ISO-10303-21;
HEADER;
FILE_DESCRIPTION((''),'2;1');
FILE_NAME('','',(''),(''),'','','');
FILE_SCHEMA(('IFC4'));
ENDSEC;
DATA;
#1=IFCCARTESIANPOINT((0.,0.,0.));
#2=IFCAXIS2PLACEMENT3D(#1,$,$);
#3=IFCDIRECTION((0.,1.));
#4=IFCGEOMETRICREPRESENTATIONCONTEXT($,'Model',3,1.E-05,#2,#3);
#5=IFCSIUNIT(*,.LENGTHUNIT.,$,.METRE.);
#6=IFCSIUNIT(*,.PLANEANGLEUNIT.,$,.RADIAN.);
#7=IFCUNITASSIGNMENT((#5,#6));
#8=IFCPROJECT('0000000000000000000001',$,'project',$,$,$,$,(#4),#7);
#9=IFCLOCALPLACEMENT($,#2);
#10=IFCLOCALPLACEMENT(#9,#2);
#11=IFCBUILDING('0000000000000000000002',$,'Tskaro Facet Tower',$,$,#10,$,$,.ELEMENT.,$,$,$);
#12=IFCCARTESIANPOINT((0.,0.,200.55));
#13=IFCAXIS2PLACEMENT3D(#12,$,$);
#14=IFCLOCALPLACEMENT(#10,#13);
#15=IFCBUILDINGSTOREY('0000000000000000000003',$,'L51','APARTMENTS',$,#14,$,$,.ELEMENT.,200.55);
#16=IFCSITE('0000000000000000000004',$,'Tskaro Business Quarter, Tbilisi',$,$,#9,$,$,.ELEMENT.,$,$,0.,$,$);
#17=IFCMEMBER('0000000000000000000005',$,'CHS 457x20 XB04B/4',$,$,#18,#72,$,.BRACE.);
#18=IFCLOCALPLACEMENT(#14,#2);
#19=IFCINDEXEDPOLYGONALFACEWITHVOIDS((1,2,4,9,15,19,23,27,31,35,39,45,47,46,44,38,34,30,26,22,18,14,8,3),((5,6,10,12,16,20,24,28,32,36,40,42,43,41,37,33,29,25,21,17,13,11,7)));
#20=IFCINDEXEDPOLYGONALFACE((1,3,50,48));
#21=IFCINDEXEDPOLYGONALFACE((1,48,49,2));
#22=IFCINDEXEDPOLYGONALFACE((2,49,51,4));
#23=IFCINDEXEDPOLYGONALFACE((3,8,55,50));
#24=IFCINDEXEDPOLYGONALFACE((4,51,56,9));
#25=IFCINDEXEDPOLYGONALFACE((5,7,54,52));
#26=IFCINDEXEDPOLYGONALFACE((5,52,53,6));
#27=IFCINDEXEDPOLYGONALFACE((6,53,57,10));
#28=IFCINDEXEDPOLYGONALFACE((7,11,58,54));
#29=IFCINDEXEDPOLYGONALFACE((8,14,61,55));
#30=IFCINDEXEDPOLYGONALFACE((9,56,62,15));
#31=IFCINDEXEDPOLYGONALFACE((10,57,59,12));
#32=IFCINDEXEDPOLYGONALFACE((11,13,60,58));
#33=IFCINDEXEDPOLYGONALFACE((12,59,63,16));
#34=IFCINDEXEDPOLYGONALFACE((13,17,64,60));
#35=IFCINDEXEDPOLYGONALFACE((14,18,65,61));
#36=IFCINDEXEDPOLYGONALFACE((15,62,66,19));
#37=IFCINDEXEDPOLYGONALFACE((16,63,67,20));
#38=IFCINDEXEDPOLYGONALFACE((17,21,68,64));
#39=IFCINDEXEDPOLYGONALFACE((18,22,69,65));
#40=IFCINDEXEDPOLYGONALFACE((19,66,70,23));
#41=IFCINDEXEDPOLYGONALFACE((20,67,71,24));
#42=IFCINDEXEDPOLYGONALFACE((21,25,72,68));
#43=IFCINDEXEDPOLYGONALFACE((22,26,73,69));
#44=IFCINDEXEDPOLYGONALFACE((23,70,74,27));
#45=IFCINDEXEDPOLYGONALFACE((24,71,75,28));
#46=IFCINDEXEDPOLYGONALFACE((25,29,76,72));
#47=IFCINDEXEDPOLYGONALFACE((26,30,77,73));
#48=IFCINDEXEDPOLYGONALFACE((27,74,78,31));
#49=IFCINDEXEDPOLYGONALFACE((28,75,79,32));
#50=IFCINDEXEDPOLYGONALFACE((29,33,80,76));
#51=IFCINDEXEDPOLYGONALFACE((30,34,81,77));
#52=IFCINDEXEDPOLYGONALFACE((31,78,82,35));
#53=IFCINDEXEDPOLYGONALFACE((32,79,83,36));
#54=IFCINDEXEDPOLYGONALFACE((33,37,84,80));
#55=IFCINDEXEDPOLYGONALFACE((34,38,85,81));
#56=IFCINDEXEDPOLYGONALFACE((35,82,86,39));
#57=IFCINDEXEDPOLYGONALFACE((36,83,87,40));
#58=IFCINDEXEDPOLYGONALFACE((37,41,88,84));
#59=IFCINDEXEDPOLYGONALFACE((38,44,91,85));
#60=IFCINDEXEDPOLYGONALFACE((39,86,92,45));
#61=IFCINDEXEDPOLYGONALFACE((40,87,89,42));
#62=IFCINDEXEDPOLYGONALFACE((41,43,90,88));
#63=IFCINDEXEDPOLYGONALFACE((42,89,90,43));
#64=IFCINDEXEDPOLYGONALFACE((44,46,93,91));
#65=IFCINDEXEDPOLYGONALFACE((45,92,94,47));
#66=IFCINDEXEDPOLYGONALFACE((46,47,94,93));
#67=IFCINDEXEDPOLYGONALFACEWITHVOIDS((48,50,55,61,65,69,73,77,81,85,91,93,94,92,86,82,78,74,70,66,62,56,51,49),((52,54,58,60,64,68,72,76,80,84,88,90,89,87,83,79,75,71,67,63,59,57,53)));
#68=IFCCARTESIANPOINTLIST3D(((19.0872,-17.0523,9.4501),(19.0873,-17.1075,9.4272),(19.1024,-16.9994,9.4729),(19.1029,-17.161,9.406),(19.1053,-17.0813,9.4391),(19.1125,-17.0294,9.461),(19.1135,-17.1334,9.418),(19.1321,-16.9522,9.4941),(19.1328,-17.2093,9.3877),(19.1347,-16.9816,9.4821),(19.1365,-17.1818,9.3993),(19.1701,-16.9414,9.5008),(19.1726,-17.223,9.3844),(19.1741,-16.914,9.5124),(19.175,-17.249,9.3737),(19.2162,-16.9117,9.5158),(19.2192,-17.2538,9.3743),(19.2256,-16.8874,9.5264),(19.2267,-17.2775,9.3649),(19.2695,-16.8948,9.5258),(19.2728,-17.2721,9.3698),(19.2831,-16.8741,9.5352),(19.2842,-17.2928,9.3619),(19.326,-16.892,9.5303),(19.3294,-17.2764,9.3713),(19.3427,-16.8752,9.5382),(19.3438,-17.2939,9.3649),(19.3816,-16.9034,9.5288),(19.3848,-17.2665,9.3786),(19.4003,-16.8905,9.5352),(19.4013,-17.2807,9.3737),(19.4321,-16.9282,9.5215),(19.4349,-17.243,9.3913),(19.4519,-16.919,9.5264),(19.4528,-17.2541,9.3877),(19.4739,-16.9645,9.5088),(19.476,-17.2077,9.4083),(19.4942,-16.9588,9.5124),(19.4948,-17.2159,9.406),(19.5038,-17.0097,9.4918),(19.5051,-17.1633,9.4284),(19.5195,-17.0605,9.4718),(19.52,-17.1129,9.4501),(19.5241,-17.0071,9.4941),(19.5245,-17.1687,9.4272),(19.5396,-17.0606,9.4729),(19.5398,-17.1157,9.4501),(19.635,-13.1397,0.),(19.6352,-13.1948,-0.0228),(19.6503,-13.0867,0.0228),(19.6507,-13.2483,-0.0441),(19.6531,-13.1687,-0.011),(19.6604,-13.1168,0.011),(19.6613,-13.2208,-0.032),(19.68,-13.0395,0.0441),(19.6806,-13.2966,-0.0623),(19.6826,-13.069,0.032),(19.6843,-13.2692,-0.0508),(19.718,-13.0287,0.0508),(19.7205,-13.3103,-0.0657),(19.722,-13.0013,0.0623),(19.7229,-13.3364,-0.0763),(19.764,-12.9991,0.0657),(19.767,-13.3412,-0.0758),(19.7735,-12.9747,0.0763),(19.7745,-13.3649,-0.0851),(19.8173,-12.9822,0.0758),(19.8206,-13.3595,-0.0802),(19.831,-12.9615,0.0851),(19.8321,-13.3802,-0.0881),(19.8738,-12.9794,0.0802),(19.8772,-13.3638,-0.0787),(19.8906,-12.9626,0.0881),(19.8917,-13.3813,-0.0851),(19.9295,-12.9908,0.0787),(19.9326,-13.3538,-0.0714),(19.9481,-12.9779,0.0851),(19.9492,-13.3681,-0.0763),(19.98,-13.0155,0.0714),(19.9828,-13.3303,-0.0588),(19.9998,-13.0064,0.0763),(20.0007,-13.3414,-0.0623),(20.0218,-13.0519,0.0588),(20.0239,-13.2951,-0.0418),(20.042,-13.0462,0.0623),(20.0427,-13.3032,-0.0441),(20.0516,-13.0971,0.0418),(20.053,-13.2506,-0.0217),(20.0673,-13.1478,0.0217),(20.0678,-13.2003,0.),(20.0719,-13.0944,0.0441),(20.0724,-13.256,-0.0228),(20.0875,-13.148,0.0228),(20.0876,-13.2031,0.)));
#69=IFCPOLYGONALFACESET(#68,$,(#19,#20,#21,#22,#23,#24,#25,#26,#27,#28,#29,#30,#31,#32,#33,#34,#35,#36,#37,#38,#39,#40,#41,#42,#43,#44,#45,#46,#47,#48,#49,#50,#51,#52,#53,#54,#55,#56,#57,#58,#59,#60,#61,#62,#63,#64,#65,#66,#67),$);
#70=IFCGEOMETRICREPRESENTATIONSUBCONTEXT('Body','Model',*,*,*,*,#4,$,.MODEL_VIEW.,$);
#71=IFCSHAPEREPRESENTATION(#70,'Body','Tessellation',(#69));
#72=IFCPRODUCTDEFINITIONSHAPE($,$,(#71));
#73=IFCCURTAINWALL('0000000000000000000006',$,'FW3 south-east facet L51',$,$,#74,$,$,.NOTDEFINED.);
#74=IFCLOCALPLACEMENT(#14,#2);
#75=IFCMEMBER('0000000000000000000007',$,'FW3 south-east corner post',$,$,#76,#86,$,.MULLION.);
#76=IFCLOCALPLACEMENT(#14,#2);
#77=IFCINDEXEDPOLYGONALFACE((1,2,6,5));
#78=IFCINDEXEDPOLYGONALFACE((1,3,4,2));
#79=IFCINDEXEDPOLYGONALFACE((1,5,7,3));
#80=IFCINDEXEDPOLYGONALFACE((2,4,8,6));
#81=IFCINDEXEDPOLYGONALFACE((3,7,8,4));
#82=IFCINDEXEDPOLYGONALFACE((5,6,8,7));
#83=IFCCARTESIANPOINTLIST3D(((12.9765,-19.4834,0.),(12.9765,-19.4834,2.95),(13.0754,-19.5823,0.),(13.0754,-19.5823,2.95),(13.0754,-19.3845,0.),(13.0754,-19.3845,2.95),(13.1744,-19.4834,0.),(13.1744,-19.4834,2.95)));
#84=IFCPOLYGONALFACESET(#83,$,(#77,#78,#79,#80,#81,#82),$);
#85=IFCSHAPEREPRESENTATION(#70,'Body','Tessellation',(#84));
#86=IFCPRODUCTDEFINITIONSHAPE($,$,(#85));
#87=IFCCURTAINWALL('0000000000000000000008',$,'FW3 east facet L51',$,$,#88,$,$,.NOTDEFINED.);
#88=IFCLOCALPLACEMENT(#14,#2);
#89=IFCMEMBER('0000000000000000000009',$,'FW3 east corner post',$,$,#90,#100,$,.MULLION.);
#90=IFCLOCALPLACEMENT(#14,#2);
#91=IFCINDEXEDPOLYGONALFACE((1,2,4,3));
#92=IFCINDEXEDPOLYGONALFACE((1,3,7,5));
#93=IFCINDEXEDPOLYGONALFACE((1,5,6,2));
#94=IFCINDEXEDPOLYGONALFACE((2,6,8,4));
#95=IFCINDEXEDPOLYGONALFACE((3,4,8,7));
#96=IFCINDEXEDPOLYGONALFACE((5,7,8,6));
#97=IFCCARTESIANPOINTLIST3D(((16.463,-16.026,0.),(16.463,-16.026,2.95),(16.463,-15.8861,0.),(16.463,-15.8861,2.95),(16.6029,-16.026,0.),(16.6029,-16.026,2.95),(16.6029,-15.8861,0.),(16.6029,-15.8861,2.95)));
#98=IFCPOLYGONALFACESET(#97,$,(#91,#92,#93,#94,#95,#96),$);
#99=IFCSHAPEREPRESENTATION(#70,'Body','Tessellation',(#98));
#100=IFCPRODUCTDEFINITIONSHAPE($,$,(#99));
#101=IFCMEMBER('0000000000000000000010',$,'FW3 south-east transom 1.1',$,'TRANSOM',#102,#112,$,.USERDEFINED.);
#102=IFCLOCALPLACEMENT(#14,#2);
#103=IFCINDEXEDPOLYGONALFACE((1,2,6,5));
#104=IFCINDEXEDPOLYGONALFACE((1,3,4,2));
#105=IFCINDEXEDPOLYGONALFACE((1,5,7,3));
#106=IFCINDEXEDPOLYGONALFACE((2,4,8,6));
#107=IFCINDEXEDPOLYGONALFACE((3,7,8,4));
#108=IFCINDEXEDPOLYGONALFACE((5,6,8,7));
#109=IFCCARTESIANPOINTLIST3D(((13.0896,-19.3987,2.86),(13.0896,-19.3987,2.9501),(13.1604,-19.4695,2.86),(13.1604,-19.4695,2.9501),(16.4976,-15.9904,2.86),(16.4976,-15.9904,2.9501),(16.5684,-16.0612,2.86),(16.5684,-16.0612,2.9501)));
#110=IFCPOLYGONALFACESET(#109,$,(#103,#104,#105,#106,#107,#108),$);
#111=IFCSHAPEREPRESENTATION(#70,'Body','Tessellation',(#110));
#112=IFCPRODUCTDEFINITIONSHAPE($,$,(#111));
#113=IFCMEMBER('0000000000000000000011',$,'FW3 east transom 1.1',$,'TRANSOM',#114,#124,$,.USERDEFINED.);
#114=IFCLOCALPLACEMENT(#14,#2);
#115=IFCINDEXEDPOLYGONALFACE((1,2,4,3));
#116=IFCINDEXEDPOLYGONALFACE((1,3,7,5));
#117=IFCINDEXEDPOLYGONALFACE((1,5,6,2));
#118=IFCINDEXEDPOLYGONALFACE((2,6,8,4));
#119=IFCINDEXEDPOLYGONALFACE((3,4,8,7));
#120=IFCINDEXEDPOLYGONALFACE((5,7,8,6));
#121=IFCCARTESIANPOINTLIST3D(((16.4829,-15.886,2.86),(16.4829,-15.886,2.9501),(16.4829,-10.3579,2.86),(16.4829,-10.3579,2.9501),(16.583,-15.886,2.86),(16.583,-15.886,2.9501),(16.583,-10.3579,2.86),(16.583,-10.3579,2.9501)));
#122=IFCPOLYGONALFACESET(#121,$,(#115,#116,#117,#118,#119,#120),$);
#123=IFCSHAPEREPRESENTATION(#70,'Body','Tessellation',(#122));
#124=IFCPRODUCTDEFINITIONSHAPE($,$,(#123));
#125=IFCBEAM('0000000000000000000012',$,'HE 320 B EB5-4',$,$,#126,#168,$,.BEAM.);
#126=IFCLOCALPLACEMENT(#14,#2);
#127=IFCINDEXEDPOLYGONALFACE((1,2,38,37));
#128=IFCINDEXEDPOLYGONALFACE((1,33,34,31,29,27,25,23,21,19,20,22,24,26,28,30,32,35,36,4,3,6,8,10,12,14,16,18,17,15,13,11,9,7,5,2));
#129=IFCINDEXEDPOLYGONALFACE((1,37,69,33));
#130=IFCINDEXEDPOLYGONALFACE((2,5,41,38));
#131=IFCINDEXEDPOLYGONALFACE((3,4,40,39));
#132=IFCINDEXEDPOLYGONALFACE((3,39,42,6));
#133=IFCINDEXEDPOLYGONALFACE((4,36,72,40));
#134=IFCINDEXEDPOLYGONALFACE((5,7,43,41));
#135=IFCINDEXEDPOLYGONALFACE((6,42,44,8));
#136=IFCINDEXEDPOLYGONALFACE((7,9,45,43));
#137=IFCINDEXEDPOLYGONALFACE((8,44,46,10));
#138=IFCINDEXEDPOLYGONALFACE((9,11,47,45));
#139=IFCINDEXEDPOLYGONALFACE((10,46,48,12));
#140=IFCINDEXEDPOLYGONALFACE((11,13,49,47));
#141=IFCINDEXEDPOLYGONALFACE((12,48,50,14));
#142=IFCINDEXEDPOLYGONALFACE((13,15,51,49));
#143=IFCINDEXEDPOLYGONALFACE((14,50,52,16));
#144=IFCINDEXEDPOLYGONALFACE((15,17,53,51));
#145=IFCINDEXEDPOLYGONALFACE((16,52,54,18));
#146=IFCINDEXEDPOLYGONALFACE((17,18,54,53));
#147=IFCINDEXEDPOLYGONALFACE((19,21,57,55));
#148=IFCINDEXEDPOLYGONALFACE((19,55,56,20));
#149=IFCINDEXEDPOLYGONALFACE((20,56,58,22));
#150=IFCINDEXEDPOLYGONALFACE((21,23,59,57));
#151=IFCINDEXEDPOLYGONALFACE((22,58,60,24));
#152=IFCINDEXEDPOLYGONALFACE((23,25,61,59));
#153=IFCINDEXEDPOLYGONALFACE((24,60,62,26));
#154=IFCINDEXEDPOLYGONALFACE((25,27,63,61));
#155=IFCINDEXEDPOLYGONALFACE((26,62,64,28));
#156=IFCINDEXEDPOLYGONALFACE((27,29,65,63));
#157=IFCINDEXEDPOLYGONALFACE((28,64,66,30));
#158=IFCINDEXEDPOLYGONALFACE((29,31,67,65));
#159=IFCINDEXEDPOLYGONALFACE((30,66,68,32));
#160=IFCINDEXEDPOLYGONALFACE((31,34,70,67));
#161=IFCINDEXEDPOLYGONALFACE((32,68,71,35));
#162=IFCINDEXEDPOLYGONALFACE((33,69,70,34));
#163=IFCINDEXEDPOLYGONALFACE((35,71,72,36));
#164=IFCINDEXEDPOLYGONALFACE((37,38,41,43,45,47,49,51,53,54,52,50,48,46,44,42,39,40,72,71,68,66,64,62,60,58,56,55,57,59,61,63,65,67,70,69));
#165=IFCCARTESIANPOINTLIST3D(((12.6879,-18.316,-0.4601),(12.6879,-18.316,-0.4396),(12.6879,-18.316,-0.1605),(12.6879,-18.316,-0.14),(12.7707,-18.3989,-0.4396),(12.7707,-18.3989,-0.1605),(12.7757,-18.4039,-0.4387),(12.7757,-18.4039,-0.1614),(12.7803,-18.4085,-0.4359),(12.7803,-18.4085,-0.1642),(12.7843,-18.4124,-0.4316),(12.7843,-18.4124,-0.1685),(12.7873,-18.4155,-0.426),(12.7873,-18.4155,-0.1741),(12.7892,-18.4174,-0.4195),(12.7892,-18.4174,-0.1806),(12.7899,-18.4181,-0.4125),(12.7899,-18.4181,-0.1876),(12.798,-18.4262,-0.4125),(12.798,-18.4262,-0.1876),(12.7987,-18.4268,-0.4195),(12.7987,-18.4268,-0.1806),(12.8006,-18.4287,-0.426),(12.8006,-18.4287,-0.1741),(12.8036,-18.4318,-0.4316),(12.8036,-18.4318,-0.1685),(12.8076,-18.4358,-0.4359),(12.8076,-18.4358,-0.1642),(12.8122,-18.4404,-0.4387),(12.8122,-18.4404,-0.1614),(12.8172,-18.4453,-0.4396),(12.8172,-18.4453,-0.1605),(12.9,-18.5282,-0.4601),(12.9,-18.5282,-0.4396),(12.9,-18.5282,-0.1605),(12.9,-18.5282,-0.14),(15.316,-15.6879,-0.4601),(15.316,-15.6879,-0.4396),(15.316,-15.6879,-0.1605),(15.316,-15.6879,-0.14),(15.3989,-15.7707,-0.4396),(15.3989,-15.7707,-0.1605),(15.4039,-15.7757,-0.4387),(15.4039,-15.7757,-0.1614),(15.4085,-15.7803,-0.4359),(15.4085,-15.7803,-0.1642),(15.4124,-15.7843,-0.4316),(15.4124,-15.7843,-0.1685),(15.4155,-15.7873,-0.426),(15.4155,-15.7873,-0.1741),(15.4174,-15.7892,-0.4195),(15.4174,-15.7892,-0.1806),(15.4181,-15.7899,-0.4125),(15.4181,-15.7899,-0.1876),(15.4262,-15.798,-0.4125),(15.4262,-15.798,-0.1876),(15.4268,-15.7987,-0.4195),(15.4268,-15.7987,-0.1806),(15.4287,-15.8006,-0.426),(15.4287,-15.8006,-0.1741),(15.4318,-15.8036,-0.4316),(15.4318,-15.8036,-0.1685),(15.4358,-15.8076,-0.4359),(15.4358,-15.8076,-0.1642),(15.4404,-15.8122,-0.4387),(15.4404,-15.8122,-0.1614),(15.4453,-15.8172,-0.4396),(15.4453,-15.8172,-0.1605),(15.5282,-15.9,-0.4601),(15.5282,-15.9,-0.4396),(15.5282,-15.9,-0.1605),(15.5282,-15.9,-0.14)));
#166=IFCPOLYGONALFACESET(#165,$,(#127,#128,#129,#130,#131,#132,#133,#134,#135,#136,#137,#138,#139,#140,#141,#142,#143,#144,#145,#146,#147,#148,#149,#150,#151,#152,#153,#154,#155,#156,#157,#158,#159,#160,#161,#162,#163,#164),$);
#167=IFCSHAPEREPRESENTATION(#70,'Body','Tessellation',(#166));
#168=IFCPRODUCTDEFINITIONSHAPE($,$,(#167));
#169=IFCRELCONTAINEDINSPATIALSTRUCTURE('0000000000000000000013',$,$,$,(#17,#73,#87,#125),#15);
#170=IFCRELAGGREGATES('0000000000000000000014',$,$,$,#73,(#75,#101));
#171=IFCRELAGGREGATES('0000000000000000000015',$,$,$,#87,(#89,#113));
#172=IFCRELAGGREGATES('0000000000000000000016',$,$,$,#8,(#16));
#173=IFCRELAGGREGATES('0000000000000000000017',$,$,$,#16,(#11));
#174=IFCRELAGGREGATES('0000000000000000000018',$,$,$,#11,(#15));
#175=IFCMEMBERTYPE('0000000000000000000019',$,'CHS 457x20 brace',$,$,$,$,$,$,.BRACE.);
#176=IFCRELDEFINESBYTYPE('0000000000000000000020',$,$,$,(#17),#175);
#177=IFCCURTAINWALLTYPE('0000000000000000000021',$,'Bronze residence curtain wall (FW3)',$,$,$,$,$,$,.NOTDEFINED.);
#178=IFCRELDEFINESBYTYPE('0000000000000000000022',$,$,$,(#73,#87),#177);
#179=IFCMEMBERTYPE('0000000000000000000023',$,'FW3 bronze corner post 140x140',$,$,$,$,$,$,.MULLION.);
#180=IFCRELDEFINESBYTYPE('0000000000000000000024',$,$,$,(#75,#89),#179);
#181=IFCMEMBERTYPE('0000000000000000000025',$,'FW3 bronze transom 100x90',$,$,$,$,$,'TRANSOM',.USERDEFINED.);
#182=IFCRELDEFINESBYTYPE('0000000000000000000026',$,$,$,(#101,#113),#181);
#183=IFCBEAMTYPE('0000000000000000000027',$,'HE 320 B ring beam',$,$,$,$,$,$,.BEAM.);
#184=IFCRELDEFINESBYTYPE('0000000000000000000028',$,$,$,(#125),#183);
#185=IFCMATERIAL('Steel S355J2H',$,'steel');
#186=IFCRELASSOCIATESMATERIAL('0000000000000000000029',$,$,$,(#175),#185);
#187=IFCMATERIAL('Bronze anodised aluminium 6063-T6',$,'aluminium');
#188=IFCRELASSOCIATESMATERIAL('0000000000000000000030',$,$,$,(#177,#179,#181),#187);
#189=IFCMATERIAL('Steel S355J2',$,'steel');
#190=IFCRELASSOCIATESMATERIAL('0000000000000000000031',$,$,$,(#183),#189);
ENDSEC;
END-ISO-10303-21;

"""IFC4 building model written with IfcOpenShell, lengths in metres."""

from ifc_helpers import new_model, si_unit, direction, frame, origin, origin_2d, place, context, subcontext, project, spatial, rectangle, hollow_circle, i_section, extrude, material, material_profile, profile_set, type_object, element, aggregate, save


model = new_model("IFC4")

# Units and contexts
model_context = context("Model", 3, precision=1e-05, world=origin(), true_north=direction((0.0, 1.0)))
body_context = subcontext(model_context, "Body", "Model", "MODEL_VIEW")
ifc_project = project(units=[si_unit("LENGTHUNIT", "METRE"), si_unit("PLANEANGLEUNIT", "RADIAN")], contexts=[model_context])

# Site, building, storey
site_placement = place(None, origin())
site = spatial("IfcSite", under=ifc_project, at=site_placement, Name="Tskaro Business Quarter, Tbilisi", CompositionType="ELEMENT", RefElevation=0.0)
building_placement = place(site_placement, origin())
building = spatial("IfcBuilding", under=site, at=building_placement, Name="Tskaro Facet Tower", CompositionType="ELEMENT")
storey_placement = place(building_placement, frame((0.0, 0.0, 200.55)))
storey = spatial("IfcBuildingStorey", under=building, at=storey_placement, Name="L51", Description="APARTMENTS", CompositionType="ELEMENT", Elevation=200.55)

# Shared definitions
ifc_material_1 = material(Name="Steel S355J2H", Category="steel")

# Member
ifc_material_profile_1 = material_profile(ifc_material_1, hollow_circle(Radius=0.2285, WallThickness=0.02, at=origin_2d()), Name="CHS 457x20")
ifc_profile_set_1 = profile_set([ifc_material_profile_1], Name="Steel S355J2H")
member_type_1 = type_object("IfcMemberType", Name="CHS 457x20 brace", PredefinedType="BRACE", material=ifc_profile_set_1)
member_1_placement = place(storey_placement, frame((19.8613, -13.1714, 0.0), z_axis=(-0.053488, -0.381994, 0.922616), x_axis=(0.990339, -0.13867, 0.0)))
element("IfcMember", 1, at=member_1_placement, inside=storey, type_object=member_type_1, Name="CHS 457x20 XB04B/4", PredefinedType="BRACE", context=body_context, shape_type="SweptSolid", body=[
    extrude(hollow_circle(Radius=0.2285, WallThickness=0.02, at=origin_2d()), origin(), (0.0, 0.0, 1.0), 10.2427),
])

# Curtain walls, members
ifc_material_2 = material(Name="Bronze anodised aluminium 6063-T6", Category="aluminium")
curtain_wall_type = type_object("IfcCurtainWallType", Name="Bronze residence curtain wall (FW3)", PredefinedType="NOTDEFINED", material=ifc_material_2)
curtain_wall_1_placement = place(storey_placement, origin())
curtain_wall_1 = element("IfcCurtainWall", 2, at=curtain_wall_1_placement, inside=storey, type_object=curtain_wall_type, Name="FW3 south-east facet L51", PredefinedType="NOTDEFINED")
ifc_material_profile_2 = material_profile(ifc_material_2, rectangle(XDim=0.1399, YDim=0.1399, at=origin_2d()), Name="Corner post 140x140")
ifc_profile_set_2 = profile_set([ifc_material_profile_2], Name="Bronze anodised aluminium 6063-T6")
member_type_2 = type_object("IfcMemberType", Name="FW3 bronze corner post 140x140", PredefinedType="MULLION", material=ifc_profile_set_2)
member_2_placement = place(storey_placement, frame((13.0754, -19.4834, 0.0), z_axis=(0.0, 0.0, 1.0), x_axis=(0.707107, 0.707107, 0.0)))
member_2 = element("IfcMember", 3, at=member_2_placement, type_object=member_type_2, Name="FW3 south-east corner post", PredefinedType="MULLION", context=body_context, shape_type="SweptSolid", body=[
    extrude(rectangle(XDim=0.1399, YDim=0.1399, at=origin_2d()), origin(), (0.0, 0.0, 1.0), 2.95),
])
curtain_wall_2_placement = place(storey_placement, origin())
curtain_wall_2 = element("IfcCurtainWall", 4, at=curtain_wall_2_placement, inside=storey, type_object=curtain_wall_type, Name="FW3 east facet L51", PredefinedType="NOTDEFINED")
member_3_placement = place(storey_placement, frame((16.533, -15.9561, 0.0), z_axis=(0.0, 0.0, 1.0), x_axis=(0.0, 1.0, 0.0)))
member_3 = element("IfcMember", 5, at=member_3_placement, type_object=member_type_2, Name="FW3 east corner post", PredefinedType="MULLION", context=body_context, shape_type="SweptSolid", body=[
    extrude(rectangle(XDim=0.1399, YDim=0.1399, at=origin_2d()), origin(), (0.0, 0.0, 1.0), 2.95),
])

# Members
ifc_material_profile_3 = material_profile(ifc_material_2, rectangle(XDim=0.1001, YDim=0.0901, at=origin_2d()), Name="Transom 100x90")
ifc_profile_set_3 = profile_set([ifc_material_profile_3], Name="Bronze anodised aluminium 6063-T6")
member_type_3 = type_object("IfcMemberType", Name="FW3 bronze transom 100x90", ElementType="TRANSOM", PredefinedType="USERDEFINED", material=ifc_profile_set_3)
member_4_placement = place(storey_placement, frame((13.125, -19.4341, 2.905), z_axis=(0.707081, 0.707132, 0.0), x_axis=(-0.707132, 0.707081, 0.0)))
member_4 = element("IfcMember", 6, at=member_4_placement, type_object=member_type_3, Name="FW3 south-east transom 1.1", ObjectType="TRANSOM", PredefinedType="USERDEFINED", context=body_context, shape_type="SweptSolid", body=[
    extrude(rectangle(XDim=0.1001, YDim=0.0901, at=origin_2d()), origin(), (0.0, 0.0, 1.0), 4.8198),
])
member_5_placement = place(storey_placement, frame((16.533, -15.886, 2.905), z_axis=(0.0, 1.0, 0.0), x_axis=(-1.0, 0.0, 0.0)))
member_5 = element("IfcMember", 7, at=member_5_placement, type_object=member_type_3, Name="FW3 east transom 1.1", ObjectType="TRANSOM", PredefinedType="USERDEFINED", context=body_context, shape_type="SweptSolid", body=[
    extrude(rectangle(XDim=0.1001, YDim=0.0901, at=origin_2d()), origin(), (0.0, 0.0, 1.0), 5.5281),
])

# Beam
ifc_material_3 = material(Name="Steel S355J2", Category="steel")
ifc_material_profile_4 = material_profile(ifc_material_3, i_section(OverallWidth=0.3, OverallDepth=0.3201, WebThickness=0.0115, FlangeThickness=0.0205, FilletRadius=0.0271, at=origin_2d()), Name="HE 320 B")
ifc_profile_set_4 = profile_set([ifc_material_profile_4], Name="Steel S355J2")
beam_type_1 = type_object("IfcBeamType", Name="HE 320 B ring beam", PredefinedType="BEAM", material=ifc_profile_set_4)
beam_1_placement = place(storey_placement, frame((12.7939, -18.4221, -0.3), z_axis=(0.707107, 0.707107, 0.0), x_axis=(-0.707107, 0.707107, 0.0)))
element("IfcBeam", 8, at=beam_1_placement, inside=storey, type_object=beam_type_1, Name="HE 320 B EB5-4", PredefinedType="BEAM", context=body_context, shape_type="SweptSolid", body=[
    extrude(i_section(OverallWidth=0.3, OverallDepth=0.3201, WebThickness=0.0115, FlangeThickness=0.0205, FilletRadius=0.0271, at=origin_2d()), origin(), (0.0, 0.0, 1.0), 3.7168),
])

aggregate(curtain_wall_1, [member_2, member_4])
aggregate(curtain_wall_2, [member_3, member_5])

save(model, "model.ifc")
